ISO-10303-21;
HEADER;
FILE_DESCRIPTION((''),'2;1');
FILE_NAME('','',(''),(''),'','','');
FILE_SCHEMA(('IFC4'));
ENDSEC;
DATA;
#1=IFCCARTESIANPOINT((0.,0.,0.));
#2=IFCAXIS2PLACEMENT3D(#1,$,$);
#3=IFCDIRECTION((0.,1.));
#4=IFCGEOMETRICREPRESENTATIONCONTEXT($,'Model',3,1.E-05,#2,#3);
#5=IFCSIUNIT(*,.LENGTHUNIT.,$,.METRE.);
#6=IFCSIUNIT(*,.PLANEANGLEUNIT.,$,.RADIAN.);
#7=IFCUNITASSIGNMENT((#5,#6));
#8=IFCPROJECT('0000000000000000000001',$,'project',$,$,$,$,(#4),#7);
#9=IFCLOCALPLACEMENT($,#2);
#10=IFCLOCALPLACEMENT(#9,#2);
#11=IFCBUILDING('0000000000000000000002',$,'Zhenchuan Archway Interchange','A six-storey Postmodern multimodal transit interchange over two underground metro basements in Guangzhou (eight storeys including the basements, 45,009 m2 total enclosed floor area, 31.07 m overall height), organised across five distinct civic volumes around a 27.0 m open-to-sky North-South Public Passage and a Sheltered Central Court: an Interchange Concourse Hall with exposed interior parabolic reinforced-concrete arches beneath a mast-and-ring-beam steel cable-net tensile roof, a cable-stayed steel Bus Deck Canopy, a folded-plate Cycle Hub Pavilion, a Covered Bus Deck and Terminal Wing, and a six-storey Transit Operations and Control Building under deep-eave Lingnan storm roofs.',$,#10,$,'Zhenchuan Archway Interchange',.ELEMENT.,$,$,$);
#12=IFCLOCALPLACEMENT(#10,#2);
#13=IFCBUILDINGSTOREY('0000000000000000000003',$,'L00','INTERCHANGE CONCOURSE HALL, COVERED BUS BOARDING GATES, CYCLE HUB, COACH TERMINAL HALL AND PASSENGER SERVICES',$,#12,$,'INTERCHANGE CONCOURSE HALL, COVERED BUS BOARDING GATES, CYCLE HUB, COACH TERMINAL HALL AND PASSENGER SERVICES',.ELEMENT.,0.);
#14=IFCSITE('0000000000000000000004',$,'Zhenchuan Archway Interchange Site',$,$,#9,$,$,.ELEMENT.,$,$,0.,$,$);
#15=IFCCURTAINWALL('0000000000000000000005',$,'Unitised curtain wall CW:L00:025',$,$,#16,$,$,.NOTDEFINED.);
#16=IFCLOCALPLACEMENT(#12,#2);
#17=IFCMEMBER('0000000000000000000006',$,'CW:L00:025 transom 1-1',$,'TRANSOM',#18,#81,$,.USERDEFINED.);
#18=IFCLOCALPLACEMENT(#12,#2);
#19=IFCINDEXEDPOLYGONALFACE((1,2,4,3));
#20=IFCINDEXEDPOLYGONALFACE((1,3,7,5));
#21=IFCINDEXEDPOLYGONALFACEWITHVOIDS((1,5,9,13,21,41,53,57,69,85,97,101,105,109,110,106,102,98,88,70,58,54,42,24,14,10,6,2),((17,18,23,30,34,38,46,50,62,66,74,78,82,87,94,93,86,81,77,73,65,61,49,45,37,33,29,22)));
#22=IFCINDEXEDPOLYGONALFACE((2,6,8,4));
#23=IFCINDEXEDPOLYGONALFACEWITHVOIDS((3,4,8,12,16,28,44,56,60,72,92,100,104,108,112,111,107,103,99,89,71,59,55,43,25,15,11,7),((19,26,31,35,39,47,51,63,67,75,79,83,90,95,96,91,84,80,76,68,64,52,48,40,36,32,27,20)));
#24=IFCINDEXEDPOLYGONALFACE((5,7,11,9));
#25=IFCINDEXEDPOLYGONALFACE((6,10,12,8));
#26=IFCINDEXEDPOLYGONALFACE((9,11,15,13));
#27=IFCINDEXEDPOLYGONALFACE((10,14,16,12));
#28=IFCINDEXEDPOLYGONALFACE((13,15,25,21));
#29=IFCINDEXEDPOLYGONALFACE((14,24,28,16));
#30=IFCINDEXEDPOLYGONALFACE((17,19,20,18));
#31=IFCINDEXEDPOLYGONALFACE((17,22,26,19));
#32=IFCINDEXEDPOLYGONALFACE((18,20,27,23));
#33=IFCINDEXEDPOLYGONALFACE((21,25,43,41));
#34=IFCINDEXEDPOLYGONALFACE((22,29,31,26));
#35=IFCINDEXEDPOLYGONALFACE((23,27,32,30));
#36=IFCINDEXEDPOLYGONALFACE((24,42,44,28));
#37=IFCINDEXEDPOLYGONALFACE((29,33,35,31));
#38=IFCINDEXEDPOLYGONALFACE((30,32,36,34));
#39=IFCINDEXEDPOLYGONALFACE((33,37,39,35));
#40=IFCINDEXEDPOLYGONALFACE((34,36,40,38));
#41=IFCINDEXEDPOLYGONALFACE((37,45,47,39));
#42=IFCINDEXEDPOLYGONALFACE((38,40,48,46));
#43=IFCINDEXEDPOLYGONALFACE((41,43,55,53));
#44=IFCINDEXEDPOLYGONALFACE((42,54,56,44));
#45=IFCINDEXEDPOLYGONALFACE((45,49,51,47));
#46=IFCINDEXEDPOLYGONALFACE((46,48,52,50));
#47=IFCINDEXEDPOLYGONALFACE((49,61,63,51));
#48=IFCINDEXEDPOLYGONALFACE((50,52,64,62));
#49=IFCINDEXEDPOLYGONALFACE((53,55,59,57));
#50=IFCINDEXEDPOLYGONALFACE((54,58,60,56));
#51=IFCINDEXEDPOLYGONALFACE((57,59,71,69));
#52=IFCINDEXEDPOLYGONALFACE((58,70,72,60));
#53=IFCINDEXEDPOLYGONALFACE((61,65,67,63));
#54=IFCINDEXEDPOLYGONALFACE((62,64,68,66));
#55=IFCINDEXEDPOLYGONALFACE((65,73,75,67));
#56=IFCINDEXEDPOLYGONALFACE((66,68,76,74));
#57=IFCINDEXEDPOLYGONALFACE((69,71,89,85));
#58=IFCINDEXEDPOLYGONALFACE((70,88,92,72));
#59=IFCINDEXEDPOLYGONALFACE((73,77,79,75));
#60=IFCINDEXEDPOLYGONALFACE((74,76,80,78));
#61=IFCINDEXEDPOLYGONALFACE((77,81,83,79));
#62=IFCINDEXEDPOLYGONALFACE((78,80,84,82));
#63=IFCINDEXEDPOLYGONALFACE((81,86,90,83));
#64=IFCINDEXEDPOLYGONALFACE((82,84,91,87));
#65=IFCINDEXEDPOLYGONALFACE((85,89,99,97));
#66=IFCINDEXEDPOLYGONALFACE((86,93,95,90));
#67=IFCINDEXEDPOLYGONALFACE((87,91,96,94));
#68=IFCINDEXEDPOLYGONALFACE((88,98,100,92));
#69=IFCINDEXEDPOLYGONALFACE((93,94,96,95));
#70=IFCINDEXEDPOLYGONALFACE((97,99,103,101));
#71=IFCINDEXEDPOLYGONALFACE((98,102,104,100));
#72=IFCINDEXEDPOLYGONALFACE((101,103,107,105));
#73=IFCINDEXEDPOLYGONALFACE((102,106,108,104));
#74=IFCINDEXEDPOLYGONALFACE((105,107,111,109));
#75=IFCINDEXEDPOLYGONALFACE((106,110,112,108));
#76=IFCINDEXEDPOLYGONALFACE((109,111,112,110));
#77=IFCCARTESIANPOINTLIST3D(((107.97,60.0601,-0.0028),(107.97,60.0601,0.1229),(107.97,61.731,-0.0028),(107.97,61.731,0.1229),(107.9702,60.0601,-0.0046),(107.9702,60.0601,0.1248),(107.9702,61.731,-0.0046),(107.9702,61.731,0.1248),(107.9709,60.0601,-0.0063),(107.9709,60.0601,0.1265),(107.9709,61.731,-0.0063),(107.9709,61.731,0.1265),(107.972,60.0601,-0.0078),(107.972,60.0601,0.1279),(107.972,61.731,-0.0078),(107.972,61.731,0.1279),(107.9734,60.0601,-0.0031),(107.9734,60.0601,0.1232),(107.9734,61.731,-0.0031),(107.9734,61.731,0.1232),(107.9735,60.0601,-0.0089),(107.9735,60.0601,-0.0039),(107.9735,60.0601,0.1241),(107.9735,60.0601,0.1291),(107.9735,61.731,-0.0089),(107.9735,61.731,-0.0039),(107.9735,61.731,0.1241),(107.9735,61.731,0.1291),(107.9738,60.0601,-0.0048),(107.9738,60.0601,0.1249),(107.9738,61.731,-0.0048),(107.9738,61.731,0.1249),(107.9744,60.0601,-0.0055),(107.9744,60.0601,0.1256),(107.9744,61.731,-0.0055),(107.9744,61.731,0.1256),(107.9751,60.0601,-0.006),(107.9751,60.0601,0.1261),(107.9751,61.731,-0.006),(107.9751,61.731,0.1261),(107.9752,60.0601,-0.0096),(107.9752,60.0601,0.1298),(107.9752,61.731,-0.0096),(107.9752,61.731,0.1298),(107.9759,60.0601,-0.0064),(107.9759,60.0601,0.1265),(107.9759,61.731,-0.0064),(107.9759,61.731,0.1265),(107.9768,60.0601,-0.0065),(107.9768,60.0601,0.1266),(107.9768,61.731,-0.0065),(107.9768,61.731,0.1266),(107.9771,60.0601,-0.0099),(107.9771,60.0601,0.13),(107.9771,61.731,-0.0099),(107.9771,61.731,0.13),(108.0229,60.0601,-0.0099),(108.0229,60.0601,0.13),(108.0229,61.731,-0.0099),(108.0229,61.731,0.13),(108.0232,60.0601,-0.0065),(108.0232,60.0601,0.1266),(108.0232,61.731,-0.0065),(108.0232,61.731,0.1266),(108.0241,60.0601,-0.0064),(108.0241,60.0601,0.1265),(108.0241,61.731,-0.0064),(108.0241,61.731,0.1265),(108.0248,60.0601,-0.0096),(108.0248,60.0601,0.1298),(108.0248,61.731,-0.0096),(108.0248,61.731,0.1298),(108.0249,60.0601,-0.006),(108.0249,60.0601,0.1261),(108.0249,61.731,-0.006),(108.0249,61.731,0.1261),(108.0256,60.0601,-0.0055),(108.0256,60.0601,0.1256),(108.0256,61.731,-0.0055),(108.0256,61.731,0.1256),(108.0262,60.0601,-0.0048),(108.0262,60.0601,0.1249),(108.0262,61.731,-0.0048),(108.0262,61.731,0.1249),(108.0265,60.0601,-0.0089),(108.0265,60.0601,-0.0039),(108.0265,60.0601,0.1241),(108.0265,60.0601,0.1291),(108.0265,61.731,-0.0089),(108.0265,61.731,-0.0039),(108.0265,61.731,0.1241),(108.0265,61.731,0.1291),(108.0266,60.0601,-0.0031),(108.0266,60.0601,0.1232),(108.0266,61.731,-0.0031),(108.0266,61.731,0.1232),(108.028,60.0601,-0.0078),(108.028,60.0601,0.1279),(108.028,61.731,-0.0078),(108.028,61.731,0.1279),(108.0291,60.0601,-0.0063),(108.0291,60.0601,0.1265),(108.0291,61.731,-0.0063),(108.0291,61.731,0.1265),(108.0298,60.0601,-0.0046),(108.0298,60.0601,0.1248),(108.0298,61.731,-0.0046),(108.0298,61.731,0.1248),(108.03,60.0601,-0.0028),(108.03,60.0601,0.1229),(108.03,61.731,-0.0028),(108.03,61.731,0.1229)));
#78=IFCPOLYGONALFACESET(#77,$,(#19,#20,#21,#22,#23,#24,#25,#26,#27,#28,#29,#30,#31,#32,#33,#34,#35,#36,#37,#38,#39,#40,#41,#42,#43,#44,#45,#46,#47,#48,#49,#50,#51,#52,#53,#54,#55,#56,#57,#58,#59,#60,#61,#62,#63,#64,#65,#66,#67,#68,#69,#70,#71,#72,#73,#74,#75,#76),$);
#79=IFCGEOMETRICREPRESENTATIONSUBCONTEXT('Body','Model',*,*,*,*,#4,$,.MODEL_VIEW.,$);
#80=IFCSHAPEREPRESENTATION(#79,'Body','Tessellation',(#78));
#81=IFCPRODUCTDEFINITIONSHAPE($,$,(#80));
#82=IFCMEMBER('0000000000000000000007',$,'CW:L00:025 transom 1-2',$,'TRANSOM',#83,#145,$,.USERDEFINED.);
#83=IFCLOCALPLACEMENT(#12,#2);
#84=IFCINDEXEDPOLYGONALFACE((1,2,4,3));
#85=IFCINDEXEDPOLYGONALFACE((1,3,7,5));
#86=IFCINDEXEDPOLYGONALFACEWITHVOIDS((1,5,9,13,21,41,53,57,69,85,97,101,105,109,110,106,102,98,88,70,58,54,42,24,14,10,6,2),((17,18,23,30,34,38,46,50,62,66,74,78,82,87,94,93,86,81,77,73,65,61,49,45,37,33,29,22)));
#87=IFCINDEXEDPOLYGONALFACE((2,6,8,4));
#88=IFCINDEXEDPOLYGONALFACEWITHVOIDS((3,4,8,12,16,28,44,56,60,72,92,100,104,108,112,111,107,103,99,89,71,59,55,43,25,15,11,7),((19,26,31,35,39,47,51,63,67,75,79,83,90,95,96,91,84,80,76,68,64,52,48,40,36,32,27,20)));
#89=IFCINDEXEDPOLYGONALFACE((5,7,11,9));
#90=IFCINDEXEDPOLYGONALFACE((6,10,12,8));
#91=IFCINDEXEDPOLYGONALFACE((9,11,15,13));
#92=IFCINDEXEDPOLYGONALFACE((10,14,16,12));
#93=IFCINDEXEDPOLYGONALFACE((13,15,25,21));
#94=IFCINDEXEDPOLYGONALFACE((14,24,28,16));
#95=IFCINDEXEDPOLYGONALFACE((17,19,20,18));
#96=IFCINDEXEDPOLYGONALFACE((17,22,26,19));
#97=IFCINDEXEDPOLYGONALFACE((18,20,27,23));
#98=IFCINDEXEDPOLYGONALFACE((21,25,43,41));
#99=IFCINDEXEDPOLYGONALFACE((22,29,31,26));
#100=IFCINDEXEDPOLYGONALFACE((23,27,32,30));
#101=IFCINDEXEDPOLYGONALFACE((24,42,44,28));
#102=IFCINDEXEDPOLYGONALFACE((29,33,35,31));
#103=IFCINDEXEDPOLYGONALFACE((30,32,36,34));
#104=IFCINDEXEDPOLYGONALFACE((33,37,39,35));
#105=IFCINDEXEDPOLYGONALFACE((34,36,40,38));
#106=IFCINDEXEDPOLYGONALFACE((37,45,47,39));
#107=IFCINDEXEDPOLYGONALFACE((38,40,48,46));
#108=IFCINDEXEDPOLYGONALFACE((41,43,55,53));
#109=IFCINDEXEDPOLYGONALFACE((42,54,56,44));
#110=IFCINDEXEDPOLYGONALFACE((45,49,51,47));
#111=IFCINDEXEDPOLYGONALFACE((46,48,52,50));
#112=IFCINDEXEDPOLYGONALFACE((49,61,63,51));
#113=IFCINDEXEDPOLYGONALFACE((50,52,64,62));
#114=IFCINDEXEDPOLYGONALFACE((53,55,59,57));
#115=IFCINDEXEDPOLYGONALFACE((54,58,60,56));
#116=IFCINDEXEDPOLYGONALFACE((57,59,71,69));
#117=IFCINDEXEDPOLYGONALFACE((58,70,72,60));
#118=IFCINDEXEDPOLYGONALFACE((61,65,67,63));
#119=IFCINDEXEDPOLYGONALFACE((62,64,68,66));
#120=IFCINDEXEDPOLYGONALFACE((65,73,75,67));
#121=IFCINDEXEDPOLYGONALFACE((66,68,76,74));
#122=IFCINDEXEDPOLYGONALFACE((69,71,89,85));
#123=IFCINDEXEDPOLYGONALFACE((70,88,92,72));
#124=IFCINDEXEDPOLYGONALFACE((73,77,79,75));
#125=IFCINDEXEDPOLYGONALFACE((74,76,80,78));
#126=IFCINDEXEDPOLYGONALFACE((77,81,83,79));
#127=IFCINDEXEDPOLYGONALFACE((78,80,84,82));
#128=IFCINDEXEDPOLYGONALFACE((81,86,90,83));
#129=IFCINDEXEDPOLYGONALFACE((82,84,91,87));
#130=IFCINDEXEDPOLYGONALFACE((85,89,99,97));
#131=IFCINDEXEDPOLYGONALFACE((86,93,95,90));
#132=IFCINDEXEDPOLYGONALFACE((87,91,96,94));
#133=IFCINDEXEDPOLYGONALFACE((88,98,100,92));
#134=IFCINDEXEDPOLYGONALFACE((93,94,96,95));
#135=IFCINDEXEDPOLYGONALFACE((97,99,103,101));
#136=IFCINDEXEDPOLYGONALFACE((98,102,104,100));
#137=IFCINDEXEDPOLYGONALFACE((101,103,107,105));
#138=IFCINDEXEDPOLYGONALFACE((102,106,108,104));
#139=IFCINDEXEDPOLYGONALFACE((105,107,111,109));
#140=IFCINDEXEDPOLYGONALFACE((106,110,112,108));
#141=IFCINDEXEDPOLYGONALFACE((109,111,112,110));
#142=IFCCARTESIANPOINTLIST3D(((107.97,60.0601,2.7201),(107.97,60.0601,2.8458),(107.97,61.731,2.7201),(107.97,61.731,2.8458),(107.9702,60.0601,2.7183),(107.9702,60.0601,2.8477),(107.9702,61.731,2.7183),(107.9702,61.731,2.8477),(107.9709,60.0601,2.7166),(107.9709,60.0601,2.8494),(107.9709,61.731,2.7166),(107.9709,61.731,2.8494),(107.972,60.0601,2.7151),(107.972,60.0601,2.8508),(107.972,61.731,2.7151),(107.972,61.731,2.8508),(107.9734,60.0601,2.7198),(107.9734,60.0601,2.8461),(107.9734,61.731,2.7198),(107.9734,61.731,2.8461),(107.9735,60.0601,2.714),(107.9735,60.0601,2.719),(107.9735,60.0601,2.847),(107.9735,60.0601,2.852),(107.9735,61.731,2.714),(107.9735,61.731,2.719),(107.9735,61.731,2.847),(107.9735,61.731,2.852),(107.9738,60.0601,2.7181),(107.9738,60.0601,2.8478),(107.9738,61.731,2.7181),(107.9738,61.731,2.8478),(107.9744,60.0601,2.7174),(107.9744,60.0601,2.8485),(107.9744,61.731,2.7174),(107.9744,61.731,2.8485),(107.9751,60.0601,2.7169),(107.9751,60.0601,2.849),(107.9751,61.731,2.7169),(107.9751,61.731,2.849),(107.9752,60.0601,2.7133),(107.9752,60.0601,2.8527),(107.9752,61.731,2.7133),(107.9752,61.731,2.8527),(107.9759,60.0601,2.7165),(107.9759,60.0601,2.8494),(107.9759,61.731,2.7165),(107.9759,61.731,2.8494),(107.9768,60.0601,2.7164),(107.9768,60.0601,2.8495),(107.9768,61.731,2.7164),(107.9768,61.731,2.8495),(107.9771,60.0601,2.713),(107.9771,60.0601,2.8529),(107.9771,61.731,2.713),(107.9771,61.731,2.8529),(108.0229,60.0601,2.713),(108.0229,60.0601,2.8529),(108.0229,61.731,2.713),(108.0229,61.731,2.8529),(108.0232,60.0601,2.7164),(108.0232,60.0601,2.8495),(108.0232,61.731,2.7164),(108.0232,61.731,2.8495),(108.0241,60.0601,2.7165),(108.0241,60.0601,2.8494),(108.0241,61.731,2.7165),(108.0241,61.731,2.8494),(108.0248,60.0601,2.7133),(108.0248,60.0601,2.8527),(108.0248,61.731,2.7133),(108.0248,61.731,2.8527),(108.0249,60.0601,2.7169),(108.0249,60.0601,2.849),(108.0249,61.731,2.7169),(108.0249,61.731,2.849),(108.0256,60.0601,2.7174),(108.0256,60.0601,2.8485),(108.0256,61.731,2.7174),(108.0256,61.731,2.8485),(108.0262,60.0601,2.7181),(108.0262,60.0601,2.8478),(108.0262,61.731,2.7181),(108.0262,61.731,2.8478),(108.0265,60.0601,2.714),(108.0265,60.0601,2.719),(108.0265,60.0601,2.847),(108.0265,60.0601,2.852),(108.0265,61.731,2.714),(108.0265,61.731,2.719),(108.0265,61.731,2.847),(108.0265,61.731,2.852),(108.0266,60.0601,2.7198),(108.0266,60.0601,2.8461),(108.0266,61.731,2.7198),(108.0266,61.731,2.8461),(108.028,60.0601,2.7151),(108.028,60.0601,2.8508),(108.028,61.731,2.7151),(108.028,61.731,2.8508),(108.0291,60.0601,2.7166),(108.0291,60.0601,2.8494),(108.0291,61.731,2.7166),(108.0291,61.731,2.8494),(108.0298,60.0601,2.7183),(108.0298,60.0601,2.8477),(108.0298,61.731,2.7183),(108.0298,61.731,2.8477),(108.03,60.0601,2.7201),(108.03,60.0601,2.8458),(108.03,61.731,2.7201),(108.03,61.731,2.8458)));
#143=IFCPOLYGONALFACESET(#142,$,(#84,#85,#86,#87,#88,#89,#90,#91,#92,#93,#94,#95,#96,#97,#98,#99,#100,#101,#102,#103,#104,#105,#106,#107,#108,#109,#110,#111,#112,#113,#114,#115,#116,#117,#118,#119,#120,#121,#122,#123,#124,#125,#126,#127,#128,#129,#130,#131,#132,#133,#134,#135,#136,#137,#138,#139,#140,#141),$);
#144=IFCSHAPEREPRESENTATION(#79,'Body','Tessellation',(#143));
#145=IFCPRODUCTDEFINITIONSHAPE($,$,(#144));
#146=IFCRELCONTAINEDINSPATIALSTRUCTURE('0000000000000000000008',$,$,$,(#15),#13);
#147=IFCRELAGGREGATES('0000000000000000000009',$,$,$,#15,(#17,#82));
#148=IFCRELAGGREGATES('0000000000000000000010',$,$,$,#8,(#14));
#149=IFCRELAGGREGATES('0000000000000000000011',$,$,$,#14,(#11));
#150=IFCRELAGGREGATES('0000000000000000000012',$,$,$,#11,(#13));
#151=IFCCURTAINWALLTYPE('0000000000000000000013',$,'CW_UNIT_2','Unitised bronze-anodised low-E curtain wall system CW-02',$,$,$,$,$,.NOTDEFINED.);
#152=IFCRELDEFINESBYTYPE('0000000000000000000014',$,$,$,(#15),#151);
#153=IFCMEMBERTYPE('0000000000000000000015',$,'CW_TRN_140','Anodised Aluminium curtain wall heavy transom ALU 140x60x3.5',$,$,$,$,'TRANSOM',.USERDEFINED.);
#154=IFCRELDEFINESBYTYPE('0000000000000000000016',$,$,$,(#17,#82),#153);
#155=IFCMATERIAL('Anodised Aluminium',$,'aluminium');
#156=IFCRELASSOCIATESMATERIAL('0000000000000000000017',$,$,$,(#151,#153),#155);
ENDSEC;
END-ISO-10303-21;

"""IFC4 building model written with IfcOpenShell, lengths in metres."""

from ifc_helpers import new_model, si_unit, direction, frame, origin, origin_2d, place, context, subcontext, project, spatial, hollow_rectangle, extrude, material, material_profile, profile_set, type_object, element, aggregate, save


model = new_model("IFC4")

# Units and contexts
model_context = context("Model", 3, precision=1e-05, world=origin(), true_north=direction((0.0, 1.0)))
body_context = subcontext(model_context, "Body", "Model", "MODEL_VIEW")
ifc_project = project(units=[si_unit("LENGTHUNIT", "METRE"), si_unit("PLANEANGLEUNIT", "RADIAN")], contexts=[model_context])

# Site, building, storey
site_placement = place(None, origin())
site = spatial("IfcSite", under=ifc_project, at=site_placement, Name="Zhenchuan Archway Interchange Site", CompositionType="ELEMENT", RefElevation=0.0)
building_placement = place(site_placement, origin())
building = spatial("IfcBuilding", under=site, at=building_placement, Name="Zhenchuan Archway Interchange", Description="A six-storey Postmodern multimodal transit interchange over two underground metro basements in Guangzhou (eight storeys including the basements, 45,009 m2 total enclosed floor area, 31.07 m overall height), organised across five distinct civic volumes around a 27.0 m open-to-sky North-South Public Passage and a Sheltered Central Court: an Interchange Concourse Hall with exposed interior parabolic reinforced-concrete arches beneath a mast-and-ring-beam steel cable-net tensile roof, a cable-stayed steel Bus Deck Canopy, a folded-plate Cycle Hub Pavilion, a Covered Bus Deck and Terminal Wing, and a six-storey Transit Operations and Control Building under deep-eave Lingnan storm roofs.", LongName="Zhenchuan Archway Interchange", CompositionType="ELEMENT")
storey_placement = place(building_placement, origin())
storey = spatial("IfcBuildingStorey", under=building, at=storey_placement, Name="L00", Description="INTERCHANGE CONCOURSE HALL, COVERED BUS BOARDING GATES, CYCLE HUB, COACH TERMINAL HALL AND PASSENGER SERVICES", LongName="INTERCHANGE CONCOURSE HALL, COVERED BUS BOARDING GATES, CYCLE HUB, COACH TERMINAL HALL AND PASSENGER SERVICES", CompositionType="ELEMENT", Elevation=0.0)

# Curtain wall, members
ifc_material_1 = material(Name="Anodised Aluminium", Category="aluminium")
curtain_wall_type = type_object("IfcCurtainWallType", Name="CW_UNIT_2", Description="Unitised bronze-anodised low-E curtain wall system CW-02", PredefinedType="NOTDEFINED", material=ifc_material_1)
curtain_wall_placement = place(storey_placement, origin())
curtain_wall = element("IfcCurtainWall", 1, at=curtain_wall_placement, inside=storey, type_object=curtain_wall_type, Name="Unitised curtain wall CW:L00:025", PredefinedType="NOTDEFINED")
ifc_material_profile_1 = material_profile(ifc_material_1, hollow_rectangle(XDim=0.0601, YDim=0.1399, WallThickness=0.0034, InnerFilletRadius=0.0034, OuterFilletRadius=0.0071, at=origin_2d()), Name="ALU 140x60x3.5")
ifc_profile_set_1 = profile_set([ifc_material_profile_1], Name="Anodised Aluminium")
member_type_1 = type_object("IfcMemberType", Name="CW_TRN_140", Description="Anodised Aluminium curtain wall heavy transom ALU 140x60x3.5", ElementType="TRANSOM", PredefinedType="USERDEFINED", material=ifc_profile_set_1)
member_1_placement = place(storey_placement, frame((108.0, 61.731, 0.0601), z_axis=(0.0, -1.0, 0.0), x_axis=(1.0, 0.0, 0.0)))
member_1 = element("IfcMember", 2, at=member_1_placement, type_object=member_type_1, Name="CW:L00:025 transom 1-1", ObjectType="TRANSOM", PredefinedType="USERDEFINED", context=body_context, shape_type="SweptSolid", body=[
    extrude(hollow_rectangle(XDim=0.0601, YDim=0.1399, WallThickness=0.0034, InnerFilletRadius=0.0034, OuterFilletRadius=0.0071, at=origin_2d()), origin(), (0.0, 0.0, 1.0), 1.6709),
])
member_2_placement = place(storey_placement, frame((108.0, 61.731, 2.783), z_axis=(0.0, -1.0, 0.0), x_axis=(1.0, 0.0, 0.0)))
member_2 = element("IfcMember", 3, at=member_2_placement, type_object=member_type_1, Name="CW:L00:025 transom 1-2", ObjectType="TRANSOM", PredefinedType="USERDEFINED", context=body_context, shape_type="SweptSolid", body=[
    extrude(hollow_rectangle(XDim=0.0601, YDim=0.1399, WallThickness=0.0034, InnerFilletRadius=0.0034, OuterFilletRadius=0.0071, at=origin_2d()), origin(), (0.0, 0.0, 1.0), 1.6709),
])
aggregate(curtain_wall, [member_1, member_2])

save(model, "model.ifc")
